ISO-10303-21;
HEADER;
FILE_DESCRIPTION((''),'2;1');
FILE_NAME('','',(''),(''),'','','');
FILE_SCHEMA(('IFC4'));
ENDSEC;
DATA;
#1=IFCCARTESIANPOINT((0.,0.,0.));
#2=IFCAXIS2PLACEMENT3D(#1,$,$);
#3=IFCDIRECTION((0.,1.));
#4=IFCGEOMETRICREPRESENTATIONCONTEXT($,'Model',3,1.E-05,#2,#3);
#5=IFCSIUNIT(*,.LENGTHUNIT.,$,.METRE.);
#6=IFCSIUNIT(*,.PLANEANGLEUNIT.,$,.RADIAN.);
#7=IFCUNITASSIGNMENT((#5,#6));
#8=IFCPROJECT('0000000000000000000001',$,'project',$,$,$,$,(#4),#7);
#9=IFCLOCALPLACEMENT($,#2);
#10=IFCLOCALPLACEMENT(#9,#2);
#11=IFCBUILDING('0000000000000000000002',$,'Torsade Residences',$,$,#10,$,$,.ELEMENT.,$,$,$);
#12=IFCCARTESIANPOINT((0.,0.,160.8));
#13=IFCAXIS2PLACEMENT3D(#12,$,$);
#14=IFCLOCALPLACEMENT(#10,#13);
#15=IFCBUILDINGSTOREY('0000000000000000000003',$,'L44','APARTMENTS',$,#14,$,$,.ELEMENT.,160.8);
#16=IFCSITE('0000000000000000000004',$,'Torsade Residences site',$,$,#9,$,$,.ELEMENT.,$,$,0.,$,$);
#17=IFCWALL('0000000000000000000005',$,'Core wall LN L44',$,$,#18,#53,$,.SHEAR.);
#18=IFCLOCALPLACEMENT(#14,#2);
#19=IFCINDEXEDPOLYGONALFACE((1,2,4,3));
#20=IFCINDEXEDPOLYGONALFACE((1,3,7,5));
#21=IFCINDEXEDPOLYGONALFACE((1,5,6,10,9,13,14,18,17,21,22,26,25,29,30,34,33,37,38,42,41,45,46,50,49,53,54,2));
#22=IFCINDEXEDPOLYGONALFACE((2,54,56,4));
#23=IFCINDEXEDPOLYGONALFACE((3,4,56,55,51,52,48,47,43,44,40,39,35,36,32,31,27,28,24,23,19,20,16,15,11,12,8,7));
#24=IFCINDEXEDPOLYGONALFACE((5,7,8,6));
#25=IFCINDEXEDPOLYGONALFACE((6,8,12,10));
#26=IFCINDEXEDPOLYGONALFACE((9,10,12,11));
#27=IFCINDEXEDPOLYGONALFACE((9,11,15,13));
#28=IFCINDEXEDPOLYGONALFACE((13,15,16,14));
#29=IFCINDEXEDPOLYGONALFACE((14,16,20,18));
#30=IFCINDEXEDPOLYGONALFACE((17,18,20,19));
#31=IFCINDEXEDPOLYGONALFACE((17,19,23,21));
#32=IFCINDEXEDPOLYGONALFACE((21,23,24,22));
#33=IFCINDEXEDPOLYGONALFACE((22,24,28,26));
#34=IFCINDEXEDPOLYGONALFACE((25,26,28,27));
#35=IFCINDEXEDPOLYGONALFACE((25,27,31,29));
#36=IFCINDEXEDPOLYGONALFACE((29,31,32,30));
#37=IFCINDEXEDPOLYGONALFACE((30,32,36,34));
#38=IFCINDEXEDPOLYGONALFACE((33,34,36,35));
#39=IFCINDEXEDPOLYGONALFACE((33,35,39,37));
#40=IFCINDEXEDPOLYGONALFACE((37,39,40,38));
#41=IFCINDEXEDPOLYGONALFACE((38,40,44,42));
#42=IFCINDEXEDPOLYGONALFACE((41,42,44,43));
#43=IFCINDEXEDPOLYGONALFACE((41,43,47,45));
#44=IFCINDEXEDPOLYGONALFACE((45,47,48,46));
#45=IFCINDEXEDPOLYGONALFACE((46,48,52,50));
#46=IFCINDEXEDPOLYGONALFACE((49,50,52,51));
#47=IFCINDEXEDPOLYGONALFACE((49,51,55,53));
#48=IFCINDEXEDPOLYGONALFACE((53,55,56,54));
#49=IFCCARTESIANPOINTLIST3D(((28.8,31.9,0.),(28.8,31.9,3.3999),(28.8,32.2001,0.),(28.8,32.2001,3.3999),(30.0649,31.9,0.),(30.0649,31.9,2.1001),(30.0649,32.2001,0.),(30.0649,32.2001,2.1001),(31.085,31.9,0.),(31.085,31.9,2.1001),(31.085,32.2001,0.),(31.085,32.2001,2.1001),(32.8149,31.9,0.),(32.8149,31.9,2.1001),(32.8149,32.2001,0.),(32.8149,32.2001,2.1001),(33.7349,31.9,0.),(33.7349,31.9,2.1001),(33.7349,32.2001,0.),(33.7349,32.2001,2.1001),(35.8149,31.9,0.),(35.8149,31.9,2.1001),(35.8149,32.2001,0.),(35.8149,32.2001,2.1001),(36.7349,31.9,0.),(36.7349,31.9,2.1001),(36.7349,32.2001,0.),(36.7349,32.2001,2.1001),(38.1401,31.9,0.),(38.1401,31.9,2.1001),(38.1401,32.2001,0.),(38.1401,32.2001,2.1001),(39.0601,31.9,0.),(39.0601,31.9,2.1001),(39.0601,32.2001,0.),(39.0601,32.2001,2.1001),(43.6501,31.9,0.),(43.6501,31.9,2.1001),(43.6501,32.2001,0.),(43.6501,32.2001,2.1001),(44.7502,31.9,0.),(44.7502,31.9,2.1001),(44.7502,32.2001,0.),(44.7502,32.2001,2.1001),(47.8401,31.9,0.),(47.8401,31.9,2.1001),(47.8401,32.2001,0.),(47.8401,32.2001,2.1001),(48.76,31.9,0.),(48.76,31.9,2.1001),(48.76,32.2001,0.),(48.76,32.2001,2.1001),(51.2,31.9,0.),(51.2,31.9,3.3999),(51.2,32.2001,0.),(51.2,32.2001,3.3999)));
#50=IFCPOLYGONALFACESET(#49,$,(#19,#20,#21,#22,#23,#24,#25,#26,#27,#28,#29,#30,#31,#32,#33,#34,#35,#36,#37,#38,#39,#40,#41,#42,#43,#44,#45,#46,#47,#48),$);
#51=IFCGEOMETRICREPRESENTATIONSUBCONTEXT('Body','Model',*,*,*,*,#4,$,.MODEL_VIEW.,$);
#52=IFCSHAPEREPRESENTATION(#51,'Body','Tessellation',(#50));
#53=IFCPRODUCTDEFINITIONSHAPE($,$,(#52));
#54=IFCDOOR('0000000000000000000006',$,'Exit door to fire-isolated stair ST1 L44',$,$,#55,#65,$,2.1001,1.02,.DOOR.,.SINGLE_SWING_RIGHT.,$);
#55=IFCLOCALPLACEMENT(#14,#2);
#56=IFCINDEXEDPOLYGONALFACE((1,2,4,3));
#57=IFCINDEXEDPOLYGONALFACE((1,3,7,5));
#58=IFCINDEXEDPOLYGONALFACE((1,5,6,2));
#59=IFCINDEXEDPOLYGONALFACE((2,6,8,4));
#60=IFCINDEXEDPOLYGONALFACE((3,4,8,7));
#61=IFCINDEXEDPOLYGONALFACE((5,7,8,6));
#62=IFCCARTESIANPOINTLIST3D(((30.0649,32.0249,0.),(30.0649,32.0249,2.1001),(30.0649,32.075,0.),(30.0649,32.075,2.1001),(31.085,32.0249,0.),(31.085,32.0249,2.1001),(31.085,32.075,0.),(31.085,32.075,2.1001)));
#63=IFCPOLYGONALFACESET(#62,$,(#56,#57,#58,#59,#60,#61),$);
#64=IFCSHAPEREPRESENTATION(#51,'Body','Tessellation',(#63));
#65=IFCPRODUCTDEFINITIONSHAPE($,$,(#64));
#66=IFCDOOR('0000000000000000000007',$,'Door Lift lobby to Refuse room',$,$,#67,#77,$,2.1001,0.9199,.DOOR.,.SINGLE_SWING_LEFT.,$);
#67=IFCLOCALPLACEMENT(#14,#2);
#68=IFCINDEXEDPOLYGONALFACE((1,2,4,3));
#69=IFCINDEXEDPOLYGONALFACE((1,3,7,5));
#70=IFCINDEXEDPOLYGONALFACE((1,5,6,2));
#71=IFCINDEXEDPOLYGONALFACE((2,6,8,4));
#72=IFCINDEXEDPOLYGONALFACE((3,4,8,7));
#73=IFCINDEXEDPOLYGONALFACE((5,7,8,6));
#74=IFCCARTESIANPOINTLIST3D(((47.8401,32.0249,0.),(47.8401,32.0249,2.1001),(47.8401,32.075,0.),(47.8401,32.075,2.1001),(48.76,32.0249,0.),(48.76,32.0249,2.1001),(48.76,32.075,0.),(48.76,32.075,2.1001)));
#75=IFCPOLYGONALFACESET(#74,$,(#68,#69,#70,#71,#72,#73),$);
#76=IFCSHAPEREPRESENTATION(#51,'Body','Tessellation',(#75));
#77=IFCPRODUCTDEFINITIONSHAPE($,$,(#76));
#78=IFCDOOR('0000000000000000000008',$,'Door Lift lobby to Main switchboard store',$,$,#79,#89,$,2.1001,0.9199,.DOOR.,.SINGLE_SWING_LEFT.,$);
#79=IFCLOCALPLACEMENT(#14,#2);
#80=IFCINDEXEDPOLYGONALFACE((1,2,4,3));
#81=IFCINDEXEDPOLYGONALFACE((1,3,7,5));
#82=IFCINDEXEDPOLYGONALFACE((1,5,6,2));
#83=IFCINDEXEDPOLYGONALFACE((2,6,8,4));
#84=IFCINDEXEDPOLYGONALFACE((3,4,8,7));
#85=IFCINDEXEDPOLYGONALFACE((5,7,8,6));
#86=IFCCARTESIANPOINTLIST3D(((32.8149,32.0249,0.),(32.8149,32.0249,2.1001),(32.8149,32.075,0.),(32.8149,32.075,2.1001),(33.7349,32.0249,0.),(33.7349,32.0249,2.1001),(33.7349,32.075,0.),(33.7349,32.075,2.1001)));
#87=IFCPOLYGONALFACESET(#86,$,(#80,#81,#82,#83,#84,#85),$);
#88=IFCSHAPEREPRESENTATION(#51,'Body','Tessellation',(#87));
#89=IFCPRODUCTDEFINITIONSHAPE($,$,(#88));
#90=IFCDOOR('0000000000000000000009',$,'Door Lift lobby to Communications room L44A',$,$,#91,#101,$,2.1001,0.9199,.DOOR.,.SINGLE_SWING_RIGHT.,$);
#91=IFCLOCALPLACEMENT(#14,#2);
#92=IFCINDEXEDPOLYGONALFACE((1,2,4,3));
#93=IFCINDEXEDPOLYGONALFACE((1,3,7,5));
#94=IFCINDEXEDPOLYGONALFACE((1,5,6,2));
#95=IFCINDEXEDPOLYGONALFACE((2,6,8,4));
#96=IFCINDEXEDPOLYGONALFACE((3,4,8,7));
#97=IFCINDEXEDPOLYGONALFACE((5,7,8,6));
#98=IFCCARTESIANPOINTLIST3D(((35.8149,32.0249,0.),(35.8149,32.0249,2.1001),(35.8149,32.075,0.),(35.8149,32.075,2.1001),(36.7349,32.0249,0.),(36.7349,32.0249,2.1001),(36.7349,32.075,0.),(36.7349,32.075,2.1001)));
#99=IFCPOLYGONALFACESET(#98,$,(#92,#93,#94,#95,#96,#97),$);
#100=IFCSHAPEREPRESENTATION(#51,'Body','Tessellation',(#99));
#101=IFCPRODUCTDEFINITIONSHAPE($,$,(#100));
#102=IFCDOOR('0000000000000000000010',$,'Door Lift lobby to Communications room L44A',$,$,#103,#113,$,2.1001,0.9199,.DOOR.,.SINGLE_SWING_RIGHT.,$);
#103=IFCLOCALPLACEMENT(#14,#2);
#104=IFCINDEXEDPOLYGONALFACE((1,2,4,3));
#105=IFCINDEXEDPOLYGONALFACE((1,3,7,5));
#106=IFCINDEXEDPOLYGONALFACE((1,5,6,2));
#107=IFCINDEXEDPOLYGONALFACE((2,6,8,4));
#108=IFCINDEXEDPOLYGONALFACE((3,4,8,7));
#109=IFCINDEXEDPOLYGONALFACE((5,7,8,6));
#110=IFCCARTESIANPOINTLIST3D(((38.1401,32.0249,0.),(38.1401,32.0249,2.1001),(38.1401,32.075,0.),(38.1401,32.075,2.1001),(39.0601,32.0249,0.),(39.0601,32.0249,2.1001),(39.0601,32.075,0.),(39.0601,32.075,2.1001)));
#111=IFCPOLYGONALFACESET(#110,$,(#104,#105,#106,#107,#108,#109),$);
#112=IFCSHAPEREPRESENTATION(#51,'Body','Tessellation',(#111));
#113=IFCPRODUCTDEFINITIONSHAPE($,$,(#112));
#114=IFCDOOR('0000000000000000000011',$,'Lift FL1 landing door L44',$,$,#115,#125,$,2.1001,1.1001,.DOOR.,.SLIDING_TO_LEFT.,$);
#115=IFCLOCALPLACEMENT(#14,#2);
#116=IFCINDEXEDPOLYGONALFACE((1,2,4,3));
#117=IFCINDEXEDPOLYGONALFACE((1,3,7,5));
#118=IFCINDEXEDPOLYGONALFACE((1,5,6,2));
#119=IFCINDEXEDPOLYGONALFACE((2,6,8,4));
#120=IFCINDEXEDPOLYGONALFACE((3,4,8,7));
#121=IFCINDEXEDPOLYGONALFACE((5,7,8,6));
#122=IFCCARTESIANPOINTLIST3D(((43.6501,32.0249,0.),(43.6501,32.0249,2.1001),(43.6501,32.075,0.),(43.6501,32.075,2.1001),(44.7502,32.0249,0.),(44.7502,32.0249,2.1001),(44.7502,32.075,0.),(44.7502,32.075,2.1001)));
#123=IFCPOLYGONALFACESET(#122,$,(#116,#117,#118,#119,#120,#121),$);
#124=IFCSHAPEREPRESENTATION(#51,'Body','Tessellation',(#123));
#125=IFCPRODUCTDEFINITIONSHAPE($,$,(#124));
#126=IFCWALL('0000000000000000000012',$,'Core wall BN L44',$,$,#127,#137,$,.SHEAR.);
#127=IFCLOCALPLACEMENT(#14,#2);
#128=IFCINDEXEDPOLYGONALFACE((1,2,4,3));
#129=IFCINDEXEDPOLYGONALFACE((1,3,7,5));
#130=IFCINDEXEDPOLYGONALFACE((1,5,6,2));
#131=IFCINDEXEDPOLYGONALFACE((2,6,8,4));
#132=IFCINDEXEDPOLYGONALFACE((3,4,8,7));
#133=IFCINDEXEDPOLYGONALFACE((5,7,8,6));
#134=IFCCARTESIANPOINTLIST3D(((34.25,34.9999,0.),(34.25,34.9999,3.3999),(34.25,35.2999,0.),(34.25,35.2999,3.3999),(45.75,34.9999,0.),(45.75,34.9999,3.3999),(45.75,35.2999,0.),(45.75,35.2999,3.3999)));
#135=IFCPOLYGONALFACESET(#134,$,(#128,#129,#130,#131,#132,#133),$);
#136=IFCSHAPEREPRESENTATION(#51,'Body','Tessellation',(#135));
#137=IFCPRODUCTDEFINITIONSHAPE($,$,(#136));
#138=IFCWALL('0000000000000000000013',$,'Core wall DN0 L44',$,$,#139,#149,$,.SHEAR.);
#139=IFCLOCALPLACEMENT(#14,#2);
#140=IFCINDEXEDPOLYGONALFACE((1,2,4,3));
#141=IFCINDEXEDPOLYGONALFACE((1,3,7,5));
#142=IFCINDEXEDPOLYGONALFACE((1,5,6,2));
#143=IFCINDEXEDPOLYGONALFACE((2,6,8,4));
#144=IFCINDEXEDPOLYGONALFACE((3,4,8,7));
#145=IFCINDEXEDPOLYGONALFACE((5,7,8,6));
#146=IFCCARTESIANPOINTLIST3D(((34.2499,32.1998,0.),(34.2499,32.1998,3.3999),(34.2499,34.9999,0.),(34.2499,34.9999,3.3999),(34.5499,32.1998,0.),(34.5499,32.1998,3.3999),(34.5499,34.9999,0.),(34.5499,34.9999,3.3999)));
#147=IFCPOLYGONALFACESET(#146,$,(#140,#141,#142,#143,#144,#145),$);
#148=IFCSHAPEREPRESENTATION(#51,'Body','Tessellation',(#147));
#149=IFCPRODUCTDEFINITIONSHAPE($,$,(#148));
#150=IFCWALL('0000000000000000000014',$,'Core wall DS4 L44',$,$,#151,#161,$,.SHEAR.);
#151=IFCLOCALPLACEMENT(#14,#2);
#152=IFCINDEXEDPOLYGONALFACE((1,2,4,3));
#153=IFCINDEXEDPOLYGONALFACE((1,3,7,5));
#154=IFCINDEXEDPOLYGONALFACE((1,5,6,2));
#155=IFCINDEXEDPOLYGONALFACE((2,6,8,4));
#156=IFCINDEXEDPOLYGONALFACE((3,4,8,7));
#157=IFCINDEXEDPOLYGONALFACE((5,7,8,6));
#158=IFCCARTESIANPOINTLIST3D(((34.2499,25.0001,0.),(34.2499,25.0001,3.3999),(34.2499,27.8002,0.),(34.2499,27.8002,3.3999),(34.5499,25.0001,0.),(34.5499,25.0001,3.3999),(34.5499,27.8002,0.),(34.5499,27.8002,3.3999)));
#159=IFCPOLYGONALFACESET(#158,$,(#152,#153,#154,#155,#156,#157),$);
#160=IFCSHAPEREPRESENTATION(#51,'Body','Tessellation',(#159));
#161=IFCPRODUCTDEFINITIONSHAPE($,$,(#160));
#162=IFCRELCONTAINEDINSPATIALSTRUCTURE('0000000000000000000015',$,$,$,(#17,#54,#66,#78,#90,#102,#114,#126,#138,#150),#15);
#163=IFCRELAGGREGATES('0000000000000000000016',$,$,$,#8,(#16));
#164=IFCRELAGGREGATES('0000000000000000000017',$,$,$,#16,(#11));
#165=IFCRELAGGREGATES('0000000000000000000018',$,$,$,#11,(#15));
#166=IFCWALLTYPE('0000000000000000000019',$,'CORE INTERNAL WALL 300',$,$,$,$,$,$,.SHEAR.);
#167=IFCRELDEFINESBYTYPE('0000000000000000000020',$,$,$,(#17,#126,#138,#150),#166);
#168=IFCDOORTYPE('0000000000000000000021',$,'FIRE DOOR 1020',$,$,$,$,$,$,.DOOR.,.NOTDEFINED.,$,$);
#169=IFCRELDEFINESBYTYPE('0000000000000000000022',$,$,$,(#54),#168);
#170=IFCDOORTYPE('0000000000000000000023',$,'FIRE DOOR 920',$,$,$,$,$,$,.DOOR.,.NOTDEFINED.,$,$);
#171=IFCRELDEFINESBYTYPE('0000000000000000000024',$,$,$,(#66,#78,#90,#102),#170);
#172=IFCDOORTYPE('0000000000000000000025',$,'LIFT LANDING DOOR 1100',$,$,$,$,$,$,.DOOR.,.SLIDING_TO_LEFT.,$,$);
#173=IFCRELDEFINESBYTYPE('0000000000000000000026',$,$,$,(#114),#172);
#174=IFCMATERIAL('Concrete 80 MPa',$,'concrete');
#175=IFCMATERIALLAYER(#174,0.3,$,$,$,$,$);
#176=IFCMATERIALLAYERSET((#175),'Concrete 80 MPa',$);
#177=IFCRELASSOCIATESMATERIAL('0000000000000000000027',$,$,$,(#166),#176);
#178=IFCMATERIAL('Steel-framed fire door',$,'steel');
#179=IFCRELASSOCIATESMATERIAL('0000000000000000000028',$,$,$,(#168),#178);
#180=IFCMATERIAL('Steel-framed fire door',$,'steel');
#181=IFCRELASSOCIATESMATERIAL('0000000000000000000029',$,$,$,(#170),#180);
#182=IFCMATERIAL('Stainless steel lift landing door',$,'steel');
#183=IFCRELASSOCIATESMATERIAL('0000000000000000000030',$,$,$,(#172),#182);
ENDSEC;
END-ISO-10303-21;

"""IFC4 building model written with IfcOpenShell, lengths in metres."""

from ifc_helpers import new_model, si_unit, direction, frame, frame_2d, origin, place, context, subcontext, project, spatial, rectangle, extrude, material, layer, layer_set, type_object, element, fill, save


model = new_model("IFC4")

# Units and contexts
model_context = context("Model", 3, precision=1e-05, world=origin(), true_north=direction((0.0, 1.0)))
body_context = subcontext(model_context, "Body", "Model", "MODEL_VIEW")
ifc_project = project(units=[si_unit("LENGTHUNIT", "METRE"), si_unit("PLANEANGLEUNIT", "RADIAN")], contexts=[model_context])

# Site, building, storey
site_placement = place(None, origin())
site = spatial("IfcSite", under=ifc_project, at=site_placement, Name="Torsade Residences site", CompositionType="ELEMENT", RefElevation=0.0)
building_placement = place(site_placement, origin())
building = spatial("IfcBuilding", under=site, at=building_placement, Name="Torsade Residences", CompositionType="ELEMENT")
storey_placement = place(building_placement, frame((0.0, 0.0, 160.8)))
storey = spatial("IfcBuildingStorey", under=building, at=storey_placement, Name="L44", Description="APARTMENTS", CompositionType="ELEMENT", Elevation=160.8)

# Wall, openings, doors
ifc_material_1 = material(Name="Concrete 80 MPa", Category="concrete")
ifc_layer_1 = layer(ifc_material_1, 0.3)
ifc_layer_set_1 = layer_set([ifc_layer_1], Name="Concrete 80 MPa")
wall_type_1 = type_object("IfcWallType", Name="CORE INTERNAL WALL 300", PredefinedType="SHEAR", material=ifc_layer_set_1)
wall_1_placement = place(storey_placement, frame((28.8, 32.05, 0.0), z_axis=(0.0, 0.0, 1.0), x_axis=(1.0, 0.0, 0.0)))
wall_1 = element("IfcWall", 1, at=wall_1_placement, inside=storey, type_object=wall_type_1, Name="Core wall LN L44", PredefinedType="SHEAR", context=body_context, shape_type="SweptSolid", body=[
    extrude(rectangle(XDim=22.3999, YDim=0.3, at=frame_2d((11.2, 0.0))), origin(), (0.0, 0.0, 1.0), 3.3999),
])
opening_1_placement = place(wall_1_placement, frame((19.04, 0.0, 0.0)))
opening_1 = element("IfcOpeningElement", 2, at=opening_1_placement, cuts=wall_1, PredefinedType="OPENING", context=body_context, shape_type="SweptSolid", body=[
    extrude(rectangle(XDim=0.9199, YDim=2.1001, at=frame_2d((0.46, 1.05))), frame((0.0, 0.1599, 0.0), z_axis=(0.0, -1.0, 0.0), x_axis=(1.0, 0.0, 0.0)), (0.0, 0.0, 1.0), 0.3201),
])
opening_2_placement = place(wall_1_placement, frame((1.2649, 0.0, 0.0)))
opening_2 = element("IfcOpeningElement", 3, at=opening_2_placement, cuts=wall_1, PredefinedType="OPENING", context=body_context, shape_type="SweptSolid", body=[
    extrude(rectangle(XDim=1.02, YDim=2.1001, at=frame_2d((0.51, 1.05))), frame((0.0, 0.1599, 0.0), z_axis=(0.0, -1.0, 0.0), x_axis=(1.0, 0.0, 0.0)), (0.0, 0.0, 1.0), 0.3201),
])
opening_3_placement = place(wall_1_placement, frame((4.0149, 0.0, 0.0)))
opening_3 = element("IfcOpeningElement", 4, at=opening_3_placement, cuts=wall_1, PredefinedType="OPENING", context=body_context, shape_type="SweptSolid", body=[
    extrude(rectangle(XDim=0.9199, YDim=2.1001, at=frame_2d((0.46, 1.05))), frame((0.0, 0.1599, 0.0), z_axis=(0.0, -1.0, 0.0), x_axis=(1.0, 0.0, 0.0)), (0.0, 0.0, 1.0), 0.3201),
])
opening_4_placement = place(wall_1_placement, frame((7.0149, 0.0, 0.0)))
opening_4 = element("IfcOpeningElement", 5, at=opening_4_placement, cuts=wall_1, PredefinedType="OPENING", context=body_context, shape_type="SweptSolid", body=[
    extrude(rectangle(XDim=0.9199, YDim=2.1001, at=frame_2d((0.46, 1.05))), frame((0.0, 0.1599, 0.0), z_axis=(0.0, -1.0, 0.0), x_axis=(1.0, 0.0, 0.0)), (0.0, 0.0, 1.0), 0.3201),
])
opening_5_placement = place(wall_1_placement, frame((9.3401, 0.0, 0.0)))
opening_5 = element("IfcOpeningElement", 6, at=opening_5_placement, cuts=wall_1, PredefinedType="OPENING", context=body_context, shape_type="SweptSolid", body=[
    extrude(rectangle(XDim=0.9199, YDim=2.1001, at=frame_2d((0.46, 1.05))), frame((0.0, 0.1599, 0.0), z_axis=(0.0, -1.0, 0.0), x_axis=(1.0, 0.0, 0.0)), (0.0, 0.0, 1.0), 0.3201),
])
opening_6_placement = place(wall_1_placement, frame((14.8501, 0.0, 0.0)))
opening_6 = element("IfcOpeningElement", 7, at=opening_6_placement, cuts=wall_1, PredefinedType="OPENING", context=body_context, shape_type="SweptSolid", body=[
    extrude(rectangle(XDim=1.1001, YDim=2.1001, at=frame_2d((0.55, 1.05))), frame((0.0, 0.1599, 0.0), z_axis=(0.0, -1.0, 0.0), x_axis=(1.0, 0.0, 0.0)), (0.0, 0.0, 1.0), 0.3201),
])
ifc_material_2 = material(Name="Steel-framed fire door", Category="steel")
door_type_1 = type_object("IfcDoorType", Name="FIRE DOOR 1020", OperationType="NOTDEFINED", PredefinedType="DOOR", material=ifc_material_2)
door_1_placement = place(opening_2_placement, origin())
door_1 = element("IfcDoor", 8, at=door_1_placement, inside=storey, type_object=door_type_1, Name="Exit door to fire-isolated stair ST1 L44", OperationType="SINGLE_SWING_RIGHT", OverallHeight=2.1001, OverallWidth=1.02, PredefinedType="DOOR", context=body_context, shape_type="SweptSolid", body=[
    extrude(rectangle(XDim=1.02, YDim=2.1001, at=frame_2d((0.51, 1.05))), frame((0.0, 0.0249, 0.0), z_axis=(0.0, -1.0, 0.0), x_axis=(1.0, 0.0, 0.0)), (0.0, 0.0, 1.0), 0.05),
])
fill(opening_2, door_1)
ifc_material_3 = material(Name="Steel-framed fire door", Category="steel")
door_type_2 = type_object("IfcDoorType", Name="FIRE DOOR 920", OperationType="NOTDEFINED", PredefinedType="DOOR", material=ifc_material_3)
door_2_placement = place(opening_1_placement, origin())
door_2 = element("IfcDoor", 9, at=door_2_placement, inside=storey, type_object=door_type_2, Name="Door Lift lobby to Refuse room", OperationType="SINGLE_SWING_LEFT", OverallHeight=2.1001, OverallWidth=0.9199, PredefinedType="DOOR", context=body_context, shape_type="SweptSolid", body=[
    extrude(rectangle(XDim=0.9199, YDim=2.1001, at=frame_2d((0.46, 1.05))), frame((0.0, 0.0249, 0.0), z_axis=(0.0, -1.0, 0.0), x_axis=(1.0, 0.0, 0.0)), (0.0, 0.0, 1.0), 0.05),
])
fill(opening_1, door_2)
door_3_placement = place(opening_3_placement, origin())
door_3 = element("IfcDoor", 10, at=door_3_placement, inside=storey, type_object=door_type_2, Name="Door Lift lobby to Main switchboard store", OperationType="SINGLE_SWING_LEFT", OverallHeight=2.1001, OverallWidth=0.9199, PredefinedType="DOOR", context=body_context, shape_type="SweptSolid", body=[
    extrude(rectangle(XDim=0.9199, YDim=2.1001, at=frame_2d((0.46, 1.05))), frame((0.0, 0.0249, 0.0), z_axis=(0.0, -1.0, 0.0), x_axis=(1.0, 0.0, 0.0)), (0.0, 0.0, 1.0), 0.05),
])
fill(opening_3, door_3)
door_4_placement = place(opening_4_placement, origin())
door_4 = element("IfcDoor", 11, at=door_4_placement, inside=storey, type_object=door_type_2, Name="Door Lift lobby to Communications room L44A", OperationType="SINGLE_SWING_RIGHT", OverallHeight=2.1001, OverallWidth=0.9199, PredefinedType="DOOR", context=body_context, shape_type="SweptSolid", body=[
    extrude(rectangle(XDim=0.9199, YDim=2.1001, at=frame_2d((0.46, 1.05))), frame((0.0, 0.0249, 0.0), z_axis=(0.0, -1.0, 0.0), x_axis=(1.0, 0.0, 0.0)), (0.0, 0.0, 1.0), 0.05),
])
fill(opening_4, door_4)
door_5_placement = place(opening_5_placement, origin())
door_5 = element("IfcDoor", 12, at=door_5_placement, inside=storey, type_object=door_type_2, Name="Door Lift lobby to Communications room L44A", OperationType="SINGLE_SWING_RIGHT", OverallHeight=2.1001, OverallWidth=0.9199, PredefinedType="DOOR", context=body_context, shape_type="SweptSolid", body=[
    extrude(rectangle(XDim=0.9199, YDim=2.1001, at=frame_2d((0.46, 1.05))), frame((0.0, 0.0249, 0.0), z_axis=(0.0, -1.0, 0.0), x_axis=(1.0, 0.0, 0.0)), (0.0, 0.0, 1.0), 0.05),
])
fill(opening_5, door_5)
ifc_material_4 = material(Name="Stainless steel lift landing door", Category="steel")
door_type_3 = type_object("IfcDoorType", Name="LIFT LANDING DOOR 1100", OperationType="SLIDING_TO_LEFT", PredefinedType="DOOR", material=ifc_material_4)
door_6_placement = place(opening_6_placement, origin())
door_6 = element("IfcDoor", 13, at=door_6_placement, inside=storey, type_object=door_type_3, Name="Lift FL1 landing door L44", OperationType="SLIDING_TO_LEFT", OverallHeight=2.1001, OverallWidth=1.1001, PredefinedType="DOOR", context=body_context, shape_type="SweptSolid", body=[
    extrude(rectangle(XDim=1.1001, YDim=2.1001, at=frame_2d((0.55, 1.05))), frame((0.0, 0.0249, 0.0), z_axis=(0.0, -1.0, 0.0), x_axis=(1.0, 0.0, 0.0)), (0.0, 0.0, 1.0), 0.05),
])
fill(opening_6, door_6)

# Walls
wall_2_placement = place(storey_placement, frame((34.25, 35.1499, 0.0), z_axis=(0.0, 0.0, 1.0), x_axis=(1.0, 0.0, 0.0)))
element("IfcWall", 14, at=wall_2_placement, inside=storey, type_object=wall_type_1, Name="Core wall BN L44", PredefinedType="SHEAR", context=body_context, shape_type="SweptSolid", body=[
    extrude(rectangle(XDim=11.5, YDim=0.3, at=frame_2d((5.75, 0.0))), origin(), (0.0, 0.0, 1.0), 3.3999),
])
for number, where, z_axis, x_axis, name in (
    (15, (34.3999, 32.2, 0.0), (0.0, 0.0, 1.0), (0.0, 1.0, 0.0), "Core wall DN0 L44"),
    (16, (34.3999, 27.8, 0.0), (0.0, 0.0, 1.0), (0.0, -1.0, 0.0), "Core wall DS4 L44"),
):
    element("IfcWall", number, at=place(storey_placement, frame(where, z_axis=z_axis, x_axis=x_axis)), inside=storey, type_object=wall_type_1, Name=name, PredefinedType="SHEAR", context=body_context, shape_type="SweptSolid", body=[
        extrude(rectangle(XDim=2.8, YDim=0.3, at=frame_2d((1.3999, 0.0))), origin(), (0.0, 0.0, 1.0), 3.3999),
    ])

save(model, "model.ifc")
